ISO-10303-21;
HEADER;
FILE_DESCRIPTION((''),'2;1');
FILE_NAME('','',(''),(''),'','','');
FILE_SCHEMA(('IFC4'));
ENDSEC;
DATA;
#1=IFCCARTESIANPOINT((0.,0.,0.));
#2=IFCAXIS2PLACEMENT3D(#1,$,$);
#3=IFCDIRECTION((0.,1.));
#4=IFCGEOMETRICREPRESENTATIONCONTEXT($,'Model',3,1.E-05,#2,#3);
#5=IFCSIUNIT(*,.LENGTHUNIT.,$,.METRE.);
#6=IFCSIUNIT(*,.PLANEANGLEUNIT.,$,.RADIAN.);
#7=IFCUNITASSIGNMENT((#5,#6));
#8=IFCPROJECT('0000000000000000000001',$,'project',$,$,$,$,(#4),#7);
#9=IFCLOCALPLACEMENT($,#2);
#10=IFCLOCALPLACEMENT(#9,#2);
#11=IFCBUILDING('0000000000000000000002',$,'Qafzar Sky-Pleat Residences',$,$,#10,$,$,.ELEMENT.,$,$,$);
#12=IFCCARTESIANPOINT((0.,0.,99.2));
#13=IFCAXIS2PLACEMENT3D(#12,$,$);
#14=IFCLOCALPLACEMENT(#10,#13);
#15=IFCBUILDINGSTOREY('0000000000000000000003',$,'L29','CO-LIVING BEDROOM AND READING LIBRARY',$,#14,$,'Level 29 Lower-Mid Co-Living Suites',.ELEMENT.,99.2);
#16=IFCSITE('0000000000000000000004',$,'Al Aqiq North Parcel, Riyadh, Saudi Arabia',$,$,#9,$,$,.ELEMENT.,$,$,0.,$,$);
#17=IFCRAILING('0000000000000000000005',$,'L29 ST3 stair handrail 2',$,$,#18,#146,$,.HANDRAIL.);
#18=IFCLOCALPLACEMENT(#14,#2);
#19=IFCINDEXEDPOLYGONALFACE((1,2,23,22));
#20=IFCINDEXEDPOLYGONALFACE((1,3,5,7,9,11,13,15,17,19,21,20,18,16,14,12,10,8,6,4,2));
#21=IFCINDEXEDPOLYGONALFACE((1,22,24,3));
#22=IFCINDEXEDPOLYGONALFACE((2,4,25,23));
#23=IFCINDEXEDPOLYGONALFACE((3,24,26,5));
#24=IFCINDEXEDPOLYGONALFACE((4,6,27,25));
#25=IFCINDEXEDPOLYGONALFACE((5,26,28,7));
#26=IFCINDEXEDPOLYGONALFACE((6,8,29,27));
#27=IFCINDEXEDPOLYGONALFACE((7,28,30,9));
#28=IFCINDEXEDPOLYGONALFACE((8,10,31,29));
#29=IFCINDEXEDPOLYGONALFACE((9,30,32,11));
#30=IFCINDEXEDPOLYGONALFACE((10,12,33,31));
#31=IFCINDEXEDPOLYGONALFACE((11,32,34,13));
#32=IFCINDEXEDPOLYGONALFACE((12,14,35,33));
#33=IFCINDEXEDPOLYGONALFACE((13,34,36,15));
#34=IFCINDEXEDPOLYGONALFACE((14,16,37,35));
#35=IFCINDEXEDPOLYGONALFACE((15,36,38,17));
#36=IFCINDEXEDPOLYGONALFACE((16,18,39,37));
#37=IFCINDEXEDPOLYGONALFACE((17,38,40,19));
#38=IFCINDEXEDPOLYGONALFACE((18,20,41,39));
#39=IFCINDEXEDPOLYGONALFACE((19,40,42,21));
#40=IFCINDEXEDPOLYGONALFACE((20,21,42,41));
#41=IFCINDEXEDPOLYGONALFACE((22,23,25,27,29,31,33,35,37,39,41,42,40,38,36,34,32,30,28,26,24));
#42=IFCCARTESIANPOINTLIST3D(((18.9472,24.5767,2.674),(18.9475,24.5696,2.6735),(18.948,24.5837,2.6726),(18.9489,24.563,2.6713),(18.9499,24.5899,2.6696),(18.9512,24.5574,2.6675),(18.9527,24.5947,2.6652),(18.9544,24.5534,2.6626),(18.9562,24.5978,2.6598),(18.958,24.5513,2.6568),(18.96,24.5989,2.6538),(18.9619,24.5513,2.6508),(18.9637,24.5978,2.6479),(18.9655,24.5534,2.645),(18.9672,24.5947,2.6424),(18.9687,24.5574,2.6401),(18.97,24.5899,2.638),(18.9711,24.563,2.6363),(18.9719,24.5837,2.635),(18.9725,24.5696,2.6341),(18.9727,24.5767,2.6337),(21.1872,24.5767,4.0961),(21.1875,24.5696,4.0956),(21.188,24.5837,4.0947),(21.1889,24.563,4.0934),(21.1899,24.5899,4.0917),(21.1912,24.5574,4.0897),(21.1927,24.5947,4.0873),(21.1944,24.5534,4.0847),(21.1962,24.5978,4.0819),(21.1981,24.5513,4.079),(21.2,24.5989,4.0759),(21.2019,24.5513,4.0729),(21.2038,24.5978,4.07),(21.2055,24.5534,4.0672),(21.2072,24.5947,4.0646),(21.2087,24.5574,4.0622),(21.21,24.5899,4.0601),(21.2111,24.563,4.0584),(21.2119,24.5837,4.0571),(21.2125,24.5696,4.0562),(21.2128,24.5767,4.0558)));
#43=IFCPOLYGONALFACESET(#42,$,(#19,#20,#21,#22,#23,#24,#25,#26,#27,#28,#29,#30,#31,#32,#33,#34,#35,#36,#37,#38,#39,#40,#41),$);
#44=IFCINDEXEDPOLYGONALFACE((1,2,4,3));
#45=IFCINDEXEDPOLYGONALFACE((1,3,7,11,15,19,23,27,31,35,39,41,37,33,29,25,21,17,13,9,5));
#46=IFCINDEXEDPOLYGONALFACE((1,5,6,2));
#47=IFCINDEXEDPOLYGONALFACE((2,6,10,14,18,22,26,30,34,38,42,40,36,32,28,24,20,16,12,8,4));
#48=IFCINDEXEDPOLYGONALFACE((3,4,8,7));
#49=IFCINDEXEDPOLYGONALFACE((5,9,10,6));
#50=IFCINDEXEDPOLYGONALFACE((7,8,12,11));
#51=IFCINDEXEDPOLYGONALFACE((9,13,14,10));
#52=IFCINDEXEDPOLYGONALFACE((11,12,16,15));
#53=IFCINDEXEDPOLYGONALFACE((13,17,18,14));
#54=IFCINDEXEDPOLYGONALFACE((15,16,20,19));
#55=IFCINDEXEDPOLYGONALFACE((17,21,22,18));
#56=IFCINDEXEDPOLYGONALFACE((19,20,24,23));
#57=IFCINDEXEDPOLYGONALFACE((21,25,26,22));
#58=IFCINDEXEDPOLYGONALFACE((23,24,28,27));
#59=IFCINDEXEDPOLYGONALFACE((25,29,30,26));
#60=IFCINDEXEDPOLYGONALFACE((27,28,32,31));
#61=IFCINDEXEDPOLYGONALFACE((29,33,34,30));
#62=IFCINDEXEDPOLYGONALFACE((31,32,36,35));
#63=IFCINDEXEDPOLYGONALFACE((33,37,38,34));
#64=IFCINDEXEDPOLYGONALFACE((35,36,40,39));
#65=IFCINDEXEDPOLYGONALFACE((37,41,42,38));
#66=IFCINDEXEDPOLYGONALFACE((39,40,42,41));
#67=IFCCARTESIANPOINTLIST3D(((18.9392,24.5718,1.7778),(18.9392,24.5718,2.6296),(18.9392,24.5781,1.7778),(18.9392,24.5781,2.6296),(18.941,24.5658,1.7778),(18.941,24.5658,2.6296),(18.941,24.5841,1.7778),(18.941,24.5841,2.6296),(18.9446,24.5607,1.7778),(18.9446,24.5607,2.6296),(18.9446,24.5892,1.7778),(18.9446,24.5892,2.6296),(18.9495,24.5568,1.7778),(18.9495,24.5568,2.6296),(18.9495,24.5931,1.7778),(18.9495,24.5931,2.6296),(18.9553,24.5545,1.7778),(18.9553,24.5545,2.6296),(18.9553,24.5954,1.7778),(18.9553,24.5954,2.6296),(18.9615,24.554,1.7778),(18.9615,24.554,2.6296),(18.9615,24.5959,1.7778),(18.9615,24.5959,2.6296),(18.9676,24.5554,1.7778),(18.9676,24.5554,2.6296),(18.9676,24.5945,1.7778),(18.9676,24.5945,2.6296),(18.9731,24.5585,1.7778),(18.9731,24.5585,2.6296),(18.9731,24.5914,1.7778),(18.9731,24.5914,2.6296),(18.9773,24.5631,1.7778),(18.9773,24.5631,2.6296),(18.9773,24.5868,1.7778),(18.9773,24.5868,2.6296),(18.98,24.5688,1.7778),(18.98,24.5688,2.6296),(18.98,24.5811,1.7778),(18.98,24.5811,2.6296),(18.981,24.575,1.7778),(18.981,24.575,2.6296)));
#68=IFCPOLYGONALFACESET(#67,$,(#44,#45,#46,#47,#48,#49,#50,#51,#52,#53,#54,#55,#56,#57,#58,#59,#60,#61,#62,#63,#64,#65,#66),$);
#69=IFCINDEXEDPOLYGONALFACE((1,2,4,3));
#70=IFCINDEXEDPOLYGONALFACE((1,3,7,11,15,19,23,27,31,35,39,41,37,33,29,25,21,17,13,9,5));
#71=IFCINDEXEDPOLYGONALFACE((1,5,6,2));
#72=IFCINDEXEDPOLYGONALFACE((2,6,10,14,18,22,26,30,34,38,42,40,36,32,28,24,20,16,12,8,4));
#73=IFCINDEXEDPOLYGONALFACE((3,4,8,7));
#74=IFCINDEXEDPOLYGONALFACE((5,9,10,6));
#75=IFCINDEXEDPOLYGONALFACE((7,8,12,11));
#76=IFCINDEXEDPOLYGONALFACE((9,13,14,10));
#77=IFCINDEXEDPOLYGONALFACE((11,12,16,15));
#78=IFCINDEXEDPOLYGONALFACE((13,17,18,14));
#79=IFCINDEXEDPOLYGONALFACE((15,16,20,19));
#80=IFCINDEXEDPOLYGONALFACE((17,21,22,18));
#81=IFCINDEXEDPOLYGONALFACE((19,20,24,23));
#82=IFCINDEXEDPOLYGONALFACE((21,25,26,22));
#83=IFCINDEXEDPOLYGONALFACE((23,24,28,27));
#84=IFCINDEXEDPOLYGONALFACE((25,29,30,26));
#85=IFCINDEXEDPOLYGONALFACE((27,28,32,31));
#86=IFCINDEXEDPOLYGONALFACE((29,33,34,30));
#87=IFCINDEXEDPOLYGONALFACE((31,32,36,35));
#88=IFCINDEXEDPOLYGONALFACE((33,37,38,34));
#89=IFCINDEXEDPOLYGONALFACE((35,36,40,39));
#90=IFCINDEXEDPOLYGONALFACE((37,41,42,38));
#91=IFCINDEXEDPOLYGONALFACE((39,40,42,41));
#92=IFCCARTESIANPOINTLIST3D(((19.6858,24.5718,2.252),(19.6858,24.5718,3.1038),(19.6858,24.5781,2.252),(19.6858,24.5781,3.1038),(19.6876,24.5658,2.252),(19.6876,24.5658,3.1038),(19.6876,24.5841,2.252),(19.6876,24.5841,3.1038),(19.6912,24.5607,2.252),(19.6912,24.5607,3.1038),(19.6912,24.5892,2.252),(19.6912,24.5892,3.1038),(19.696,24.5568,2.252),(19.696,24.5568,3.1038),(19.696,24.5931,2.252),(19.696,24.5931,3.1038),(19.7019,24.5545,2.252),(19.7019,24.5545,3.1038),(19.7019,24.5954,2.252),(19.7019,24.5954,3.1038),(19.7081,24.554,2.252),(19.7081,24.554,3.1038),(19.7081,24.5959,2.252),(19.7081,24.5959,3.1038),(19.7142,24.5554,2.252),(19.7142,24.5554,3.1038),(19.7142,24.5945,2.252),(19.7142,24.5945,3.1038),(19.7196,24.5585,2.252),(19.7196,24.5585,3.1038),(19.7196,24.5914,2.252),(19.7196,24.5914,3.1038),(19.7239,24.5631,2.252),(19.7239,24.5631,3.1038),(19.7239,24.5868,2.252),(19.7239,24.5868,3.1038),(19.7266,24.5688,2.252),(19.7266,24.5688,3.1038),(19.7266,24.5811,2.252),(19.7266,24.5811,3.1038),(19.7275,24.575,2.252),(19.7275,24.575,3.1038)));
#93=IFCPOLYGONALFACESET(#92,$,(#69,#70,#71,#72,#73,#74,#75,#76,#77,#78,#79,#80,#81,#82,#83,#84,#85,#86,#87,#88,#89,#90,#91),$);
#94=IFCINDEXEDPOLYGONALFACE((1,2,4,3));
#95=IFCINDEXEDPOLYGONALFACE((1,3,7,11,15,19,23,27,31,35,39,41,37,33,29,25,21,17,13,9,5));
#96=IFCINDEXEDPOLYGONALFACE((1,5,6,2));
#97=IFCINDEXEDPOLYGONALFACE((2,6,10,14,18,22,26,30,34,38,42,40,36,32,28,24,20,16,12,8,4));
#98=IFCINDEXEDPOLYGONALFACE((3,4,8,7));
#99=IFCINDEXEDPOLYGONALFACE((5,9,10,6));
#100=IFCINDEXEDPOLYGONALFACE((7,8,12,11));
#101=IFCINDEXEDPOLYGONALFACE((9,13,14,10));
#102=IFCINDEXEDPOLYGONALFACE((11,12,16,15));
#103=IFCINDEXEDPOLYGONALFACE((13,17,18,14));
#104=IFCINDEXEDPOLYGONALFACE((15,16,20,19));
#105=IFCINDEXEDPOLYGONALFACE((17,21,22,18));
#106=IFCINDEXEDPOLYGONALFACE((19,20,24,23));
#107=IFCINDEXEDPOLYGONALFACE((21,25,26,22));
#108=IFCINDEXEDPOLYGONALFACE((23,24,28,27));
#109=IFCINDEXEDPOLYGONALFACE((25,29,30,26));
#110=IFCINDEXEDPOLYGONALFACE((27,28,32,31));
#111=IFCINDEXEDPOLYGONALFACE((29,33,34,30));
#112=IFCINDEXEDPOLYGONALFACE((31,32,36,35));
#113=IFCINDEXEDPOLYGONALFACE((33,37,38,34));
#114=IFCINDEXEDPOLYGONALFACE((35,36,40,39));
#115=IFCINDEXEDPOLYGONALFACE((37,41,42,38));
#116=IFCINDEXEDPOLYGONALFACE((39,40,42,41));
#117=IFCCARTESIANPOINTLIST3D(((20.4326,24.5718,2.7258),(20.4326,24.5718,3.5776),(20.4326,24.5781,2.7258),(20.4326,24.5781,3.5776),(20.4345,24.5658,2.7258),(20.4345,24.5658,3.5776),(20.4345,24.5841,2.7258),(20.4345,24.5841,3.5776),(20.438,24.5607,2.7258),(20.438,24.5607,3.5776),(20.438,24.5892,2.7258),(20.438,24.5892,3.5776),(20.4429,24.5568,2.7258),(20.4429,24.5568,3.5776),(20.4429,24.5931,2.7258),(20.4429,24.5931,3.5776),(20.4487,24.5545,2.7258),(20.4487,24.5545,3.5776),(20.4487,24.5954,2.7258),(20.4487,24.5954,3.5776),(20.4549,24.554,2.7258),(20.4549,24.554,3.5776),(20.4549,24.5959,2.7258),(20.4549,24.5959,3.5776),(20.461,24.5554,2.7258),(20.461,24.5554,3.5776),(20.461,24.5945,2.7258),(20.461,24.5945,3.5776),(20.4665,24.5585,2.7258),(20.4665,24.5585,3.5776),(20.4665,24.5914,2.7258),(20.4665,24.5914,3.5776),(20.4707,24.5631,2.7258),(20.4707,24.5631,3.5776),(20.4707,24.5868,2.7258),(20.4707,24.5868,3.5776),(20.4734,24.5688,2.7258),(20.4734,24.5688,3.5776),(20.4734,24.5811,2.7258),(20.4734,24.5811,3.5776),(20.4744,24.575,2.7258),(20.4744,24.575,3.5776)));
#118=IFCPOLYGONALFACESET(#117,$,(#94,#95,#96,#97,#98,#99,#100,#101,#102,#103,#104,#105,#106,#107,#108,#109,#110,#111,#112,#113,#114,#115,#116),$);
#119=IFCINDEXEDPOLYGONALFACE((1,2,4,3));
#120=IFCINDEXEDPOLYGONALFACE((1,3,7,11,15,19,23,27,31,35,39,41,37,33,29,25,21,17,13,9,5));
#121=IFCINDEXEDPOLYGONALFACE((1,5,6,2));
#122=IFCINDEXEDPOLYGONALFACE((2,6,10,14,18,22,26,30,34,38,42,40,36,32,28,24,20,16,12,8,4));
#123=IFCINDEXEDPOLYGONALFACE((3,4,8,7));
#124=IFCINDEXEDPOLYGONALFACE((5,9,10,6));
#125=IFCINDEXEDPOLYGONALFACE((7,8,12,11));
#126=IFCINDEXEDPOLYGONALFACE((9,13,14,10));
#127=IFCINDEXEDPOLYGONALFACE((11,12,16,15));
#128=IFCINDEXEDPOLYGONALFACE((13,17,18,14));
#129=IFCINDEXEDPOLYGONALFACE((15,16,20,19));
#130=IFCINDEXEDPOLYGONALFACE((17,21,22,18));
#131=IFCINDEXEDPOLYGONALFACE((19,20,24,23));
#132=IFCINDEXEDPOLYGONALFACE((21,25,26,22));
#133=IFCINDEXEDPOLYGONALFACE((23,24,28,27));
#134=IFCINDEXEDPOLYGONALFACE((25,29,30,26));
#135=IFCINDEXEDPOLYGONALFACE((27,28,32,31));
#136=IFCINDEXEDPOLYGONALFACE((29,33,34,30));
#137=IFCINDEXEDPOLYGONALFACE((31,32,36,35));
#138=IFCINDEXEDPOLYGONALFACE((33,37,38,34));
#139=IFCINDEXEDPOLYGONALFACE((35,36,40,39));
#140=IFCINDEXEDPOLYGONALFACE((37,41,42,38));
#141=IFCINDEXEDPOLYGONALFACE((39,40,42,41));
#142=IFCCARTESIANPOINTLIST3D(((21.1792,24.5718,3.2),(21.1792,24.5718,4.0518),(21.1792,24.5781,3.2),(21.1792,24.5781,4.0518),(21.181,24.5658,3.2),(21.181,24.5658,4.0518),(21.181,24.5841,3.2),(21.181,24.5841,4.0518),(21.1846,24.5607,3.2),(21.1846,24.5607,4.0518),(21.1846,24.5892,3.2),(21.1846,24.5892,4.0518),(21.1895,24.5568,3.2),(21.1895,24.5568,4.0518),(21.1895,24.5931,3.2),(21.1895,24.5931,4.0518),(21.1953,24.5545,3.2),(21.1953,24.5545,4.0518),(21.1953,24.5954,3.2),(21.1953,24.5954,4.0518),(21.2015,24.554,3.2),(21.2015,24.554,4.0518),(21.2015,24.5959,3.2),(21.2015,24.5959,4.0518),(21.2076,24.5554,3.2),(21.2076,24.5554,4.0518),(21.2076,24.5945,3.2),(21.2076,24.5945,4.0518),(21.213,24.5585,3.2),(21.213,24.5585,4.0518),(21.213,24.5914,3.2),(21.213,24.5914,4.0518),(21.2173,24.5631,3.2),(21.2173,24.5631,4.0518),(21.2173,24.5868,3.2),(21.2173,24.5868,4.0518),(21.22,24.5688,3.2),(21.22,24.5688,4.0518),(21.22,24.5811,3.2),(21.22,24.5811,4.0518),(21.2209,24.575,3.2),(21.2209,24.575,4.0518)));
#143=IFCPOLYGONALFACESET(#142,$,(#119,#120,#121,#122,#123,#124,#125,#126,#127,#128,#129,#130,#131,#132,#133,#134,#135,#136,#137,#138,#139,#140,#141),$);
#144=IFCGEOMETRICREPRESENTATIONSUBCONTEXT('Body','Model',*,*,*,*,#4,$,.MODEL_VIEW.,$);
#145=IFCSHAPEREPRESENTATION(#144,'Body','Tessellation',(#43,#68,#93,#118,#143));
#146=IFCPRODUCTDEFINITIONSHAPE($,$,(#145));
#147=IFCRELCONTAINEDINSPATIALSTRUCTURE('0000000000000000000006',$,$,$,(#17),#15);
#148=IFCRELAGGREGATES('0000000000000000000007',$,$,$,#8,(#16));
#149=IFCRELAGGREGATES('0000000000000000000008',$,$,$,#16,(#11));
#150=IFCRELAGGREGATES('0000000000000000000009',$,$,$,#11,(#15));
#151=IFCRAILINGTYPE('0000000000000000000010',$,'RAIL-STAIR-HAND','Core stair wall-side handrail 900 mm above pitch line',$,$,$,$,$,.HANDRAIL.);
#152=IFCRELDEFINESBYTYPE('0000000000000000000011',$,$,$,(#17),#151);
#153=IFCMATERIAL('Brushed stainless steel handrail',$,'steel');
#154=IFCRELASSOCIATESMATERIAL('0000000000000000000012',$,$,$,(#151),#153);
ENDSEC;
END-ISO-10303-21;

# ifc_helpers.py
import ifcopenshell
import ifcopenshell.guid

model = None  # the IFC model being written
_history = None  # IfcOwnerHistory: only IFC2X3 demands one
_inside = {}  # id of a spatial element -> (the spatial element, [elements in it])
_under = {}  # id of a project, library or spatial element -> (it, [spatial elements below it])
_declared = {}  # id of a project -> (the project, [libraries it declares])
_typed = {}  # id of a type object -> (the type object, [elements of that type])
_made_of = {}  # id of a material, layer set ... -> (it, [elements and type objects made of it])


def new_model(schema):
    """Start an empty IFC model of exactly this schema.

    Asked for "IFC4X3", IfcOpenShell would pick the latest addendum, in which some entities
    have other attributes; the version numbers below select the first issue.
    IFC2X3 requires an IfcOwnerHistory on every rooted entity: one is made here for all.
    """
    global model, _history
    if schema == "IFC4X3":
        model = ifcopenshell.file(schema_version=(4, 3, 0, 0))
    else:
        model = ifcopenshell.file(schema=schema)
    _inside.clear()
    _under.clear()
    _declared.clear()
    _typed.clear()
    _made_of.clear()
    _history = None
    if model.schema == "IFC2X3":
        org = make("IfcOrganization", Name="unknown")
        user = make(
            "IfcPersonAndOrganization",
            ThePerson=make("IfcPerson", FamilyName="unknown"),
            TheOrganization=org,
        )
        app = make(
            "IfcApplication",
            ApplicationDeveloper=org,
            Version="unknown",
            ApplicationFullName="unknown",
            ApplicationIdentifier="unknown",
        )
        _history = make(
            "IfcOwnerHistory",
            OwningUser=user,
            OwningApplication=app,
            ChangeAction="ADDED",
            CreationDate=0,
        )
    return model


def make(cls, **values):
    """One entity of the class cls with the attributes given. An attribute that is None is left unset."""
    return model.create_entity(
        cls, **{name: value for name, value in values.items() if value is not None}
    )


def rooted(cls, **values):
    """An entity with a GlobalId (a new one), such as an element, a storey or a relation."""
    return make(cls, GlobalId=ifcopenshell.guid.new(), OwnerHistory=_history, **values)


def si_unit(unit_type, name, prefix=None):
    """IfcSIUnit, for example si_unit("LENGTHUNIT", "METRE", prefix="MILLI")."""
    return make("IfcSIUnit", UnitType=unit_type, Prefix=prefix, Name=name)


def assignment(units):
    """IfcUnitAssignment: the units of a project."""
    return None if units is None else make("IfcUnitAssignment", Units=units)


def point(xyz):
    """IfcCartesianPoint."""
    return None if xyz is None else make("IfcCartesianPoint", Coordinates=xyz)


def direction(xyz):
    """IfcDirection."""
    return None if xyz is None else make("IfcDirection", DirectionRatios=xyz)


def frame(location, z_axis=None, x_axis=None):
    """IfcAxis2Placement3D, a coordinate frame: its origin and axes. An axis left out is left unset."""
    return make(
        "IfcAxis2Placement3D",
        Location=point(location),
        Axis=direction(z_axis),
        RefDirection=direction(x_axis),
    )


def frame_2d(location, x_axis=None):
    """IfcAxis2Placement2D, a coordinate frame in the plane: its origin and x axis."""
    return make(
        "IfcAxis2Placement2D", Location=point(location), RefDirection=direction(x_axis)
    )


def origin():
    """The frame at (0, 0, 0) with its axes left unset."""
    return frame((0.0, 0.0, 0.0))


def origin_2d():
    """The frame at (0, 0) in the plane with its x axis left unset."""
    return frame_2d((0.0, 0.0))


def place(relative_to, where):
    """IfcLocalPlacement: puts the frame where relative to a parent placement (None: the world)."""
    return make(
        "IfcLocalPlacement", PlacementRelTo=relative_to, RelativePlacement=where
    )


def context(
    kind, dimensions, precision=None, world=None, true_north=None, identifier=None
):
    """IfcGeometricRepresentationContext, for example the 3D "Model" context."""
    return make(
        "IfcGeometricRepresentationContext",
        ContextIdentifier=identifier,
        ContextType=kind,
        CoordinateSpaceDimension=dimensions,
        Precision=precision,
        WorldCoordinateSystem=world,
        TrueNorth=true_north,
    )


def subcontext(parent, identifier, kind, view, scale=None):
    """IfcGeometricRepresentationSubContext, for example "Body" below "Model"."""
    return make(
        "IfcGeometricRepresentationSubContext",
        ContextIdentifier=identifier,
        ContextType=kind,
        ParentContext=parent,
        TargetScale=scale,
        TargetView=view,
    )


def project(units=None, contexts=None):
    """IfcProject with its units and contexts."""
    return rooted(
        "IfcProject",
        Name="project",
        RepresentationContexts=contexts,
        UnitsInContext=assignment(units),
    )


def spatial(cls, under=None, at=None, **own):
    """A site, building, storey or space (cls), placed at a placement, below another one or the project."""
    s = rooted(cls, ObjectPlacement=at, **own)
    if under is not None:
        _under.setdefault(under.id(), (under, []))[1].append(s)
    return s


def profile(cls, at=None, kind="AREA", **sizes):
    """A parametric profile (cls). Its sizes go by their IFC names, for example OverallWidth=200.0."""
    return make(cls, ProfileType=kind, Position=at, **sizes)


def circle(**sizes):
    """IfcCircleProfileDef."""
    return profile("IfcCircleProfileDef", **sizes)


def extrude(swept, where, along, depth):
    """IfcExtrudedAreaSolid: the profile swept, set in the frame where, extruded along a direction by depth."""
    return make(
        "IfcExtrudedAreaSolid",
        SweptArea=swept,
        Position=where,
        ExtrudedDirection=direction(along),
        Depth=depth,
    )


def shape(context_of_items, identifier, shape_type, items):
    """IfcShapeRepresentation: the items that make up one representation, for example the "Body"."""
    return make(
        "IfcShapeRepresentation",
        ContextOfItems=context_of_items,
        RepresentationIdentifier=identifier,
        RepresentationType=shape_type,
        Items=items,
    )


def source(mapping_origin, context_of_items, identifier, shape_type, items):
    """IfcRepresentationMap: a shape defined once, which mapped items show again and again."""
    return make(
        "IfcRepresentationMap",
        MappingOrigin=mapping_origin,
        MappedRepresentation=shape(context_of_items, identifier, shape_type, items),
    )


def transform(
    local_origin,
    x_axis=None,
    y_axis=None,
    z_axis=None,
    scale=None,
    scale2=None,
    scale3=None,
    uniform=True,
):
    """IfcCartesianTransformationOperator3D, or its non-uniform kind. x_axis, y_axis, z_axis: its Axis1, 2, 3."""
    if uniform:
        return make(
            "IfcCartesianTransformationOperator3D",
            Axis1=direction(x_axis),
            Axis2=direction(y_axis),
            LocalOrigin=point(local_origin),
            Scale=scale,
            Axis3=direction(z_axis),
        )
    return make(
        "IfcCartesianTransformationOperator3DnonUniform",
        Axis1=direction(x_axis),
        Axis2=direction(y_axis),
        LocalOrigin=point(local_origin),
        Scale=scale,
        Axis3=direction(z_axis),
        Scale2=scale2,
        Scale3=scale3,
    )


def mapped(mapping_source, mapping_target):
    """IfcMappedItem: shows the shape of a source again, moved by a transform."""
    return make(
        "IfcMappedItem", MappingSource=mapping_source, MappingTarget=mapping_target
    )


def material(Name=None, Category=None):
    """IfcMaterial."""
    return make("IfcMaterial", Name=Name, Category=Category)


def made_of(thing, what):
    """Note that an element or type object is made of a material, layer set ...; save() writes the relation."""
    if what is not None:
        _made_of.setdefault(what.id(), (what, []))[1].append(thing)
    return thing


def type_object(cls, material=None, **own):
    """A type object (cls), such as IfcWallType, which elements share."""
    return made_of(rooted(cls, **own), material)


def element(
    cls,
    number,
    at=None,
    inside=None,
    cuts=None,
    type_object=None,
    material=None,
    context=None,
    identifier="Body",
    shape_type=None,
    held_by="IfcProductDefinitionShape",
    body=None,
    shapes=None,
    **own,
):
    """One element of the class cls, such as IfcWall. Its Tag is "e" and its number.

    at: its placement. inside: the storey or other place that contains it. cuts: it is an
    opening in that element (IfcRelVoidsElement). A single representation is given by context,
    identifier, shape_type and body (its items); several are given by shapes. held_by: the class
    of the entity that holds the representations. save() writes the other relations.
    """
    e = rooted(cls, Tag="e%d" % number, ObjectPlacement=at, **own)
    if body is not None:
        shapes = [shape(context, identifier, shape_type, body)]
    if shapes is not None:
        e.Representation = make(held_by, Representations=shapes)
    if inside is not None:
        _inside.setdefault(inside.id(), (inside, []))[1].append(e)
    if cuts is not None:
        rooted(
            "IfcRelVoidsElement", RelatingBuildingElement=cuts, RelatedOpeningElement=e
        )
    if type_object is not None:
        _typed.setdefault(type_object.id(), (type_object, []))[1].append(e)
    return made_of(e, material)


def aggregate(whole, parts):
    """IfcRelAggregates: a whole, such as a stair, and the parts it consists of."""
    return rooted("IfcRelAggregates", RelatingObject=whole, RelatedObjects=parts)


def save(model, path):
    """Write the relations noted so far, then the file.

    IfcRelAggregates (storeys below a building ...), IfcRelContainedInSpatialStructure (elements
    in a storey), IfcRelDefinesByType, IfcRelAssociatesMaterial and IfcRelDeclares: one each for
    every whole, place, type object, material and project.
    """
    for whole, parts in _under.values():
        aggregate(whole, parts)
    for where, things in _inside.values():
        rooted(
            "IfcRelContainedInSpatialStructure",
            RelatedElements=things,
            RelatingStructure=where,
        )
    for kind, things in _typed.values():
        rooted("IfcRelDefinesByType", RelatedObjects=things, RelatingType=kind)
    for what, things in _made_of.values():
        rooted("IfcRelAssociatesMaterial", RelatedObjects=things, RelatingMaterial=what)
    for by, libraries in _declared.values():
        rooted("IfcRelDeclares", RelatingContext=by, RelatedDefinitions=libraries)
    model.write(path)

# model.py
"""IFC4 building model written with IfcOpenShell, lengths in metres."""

from ifc_helpers import new_model, si_unit, direction, frame, origin, origin_2d, place, context, subcontext, project, spatial, circle, extrude, source, transform, mapped, material, type_object, element, save


model = new_model("IFC4")

# Units and contexts
model_context = context("Model", 3, precision=1e-05, world=origin(), true_north=direction((0.0, 1.0)))
body_context = subcontext(model_context, "Body", "Model", "MODEL_VIEW")
ifc_project = project(units=[si_unit("LENGTHUNIT", "METRE"), si_unit("PLANEANGLEUNIT", "RADIAN")], contexts=[model_context])

# Site, building, storey
site_placement = place(None, origin())
site = spatial("IfcSite", under=ifc_project, at=site_placement, Name="Al Aqiq North Parcel, Riyadh, Saudi Arabia", CompositionType="ELEMENT", RefElevation=0.0)
building_placement = place(site_placement, origin())
building = spatial("IfcBuilding", under=site, at=building_placement, Name="Qafzar Sky-Pleat Residences", CompositionType="ELEMENT")
storey_placement = place(building_placement, frame((0.0, 0.0, 99.2)))
storey = spatial("IfcBuildingStorey", under=building, at=storey_placement, Name="L29", Description="CO-LIVING BEDROOM AND READING LIBRARY", LongName="Level 29 Lower-Mid Co-Living Suites", CompositionType="ELEMENT", Elevation=99.2)

# Railing
ifc_material_1 = material(Name="Brushed stainless steel handrail", Category="steel")
railing_type_1 = type_object("IfcRailingType", Name="RAIL-STAIR-HAND", Description="Core stair wall-side handrail 900 mm above pitch line", PredefinedType="HANDRAIL", material=ifc_material_1)
shared_shape_1 = source(origin(), body_context, "Body", "SweptSolid", [
    extrude(circle(Radius=0.0239, at=origin_2d()), frame((0.0, 0.0, 0.876), z_axis=(0.844229, 0.0, 0.535982), x_axis=(0.0, 1.0, 0.0)), (0.0, 0.0, 1.0), 2.6533),
    extrude(circle(Radius=0.021, at=origin_2d()), origin(), (0.0, 0.0, 1.0), 0.8518),
    extrude(circle(Radius=0.021, at=origin_2d()), frame((0.7466, 0.0, 0.4741)), (0.0, 0.0, 1.0), 0.8518),
    extrude(circle(Radius=0.021, at=origin_2d()), frame((1.4934, 0.0, 0.948)), (0.0, 0.0, 1.0), 0.8518),
    extrude(circle(Radius=0.021, at=origin_2d()), frame((2.24, 0.0, 1.4221)), (0.0, 0.0, 1.0), 0.8518),
])
railing_1_placement = place(storey_placement, frame((18.96, 24.575, 1.7778)))
element("IfcRailing", 1, at=railing_1_placement, inside=storey, type_object=railing_type_1, Name="L29 ST3 stair handrail 2", PredefinedType="HANDRAIL", context=body_context, shape_type="MappedRepresentation", body=[
    mapped(shared_shape_1, transform((0.0, 0.0, 0.0), x_axis=(1.0, 0.0, 0.0), y_axis=(0.0, 1.0, 0.0), z_axis=(0.0, 0.0, 1.0), scale=1.0)),
])

save(model, "model.ifc")
